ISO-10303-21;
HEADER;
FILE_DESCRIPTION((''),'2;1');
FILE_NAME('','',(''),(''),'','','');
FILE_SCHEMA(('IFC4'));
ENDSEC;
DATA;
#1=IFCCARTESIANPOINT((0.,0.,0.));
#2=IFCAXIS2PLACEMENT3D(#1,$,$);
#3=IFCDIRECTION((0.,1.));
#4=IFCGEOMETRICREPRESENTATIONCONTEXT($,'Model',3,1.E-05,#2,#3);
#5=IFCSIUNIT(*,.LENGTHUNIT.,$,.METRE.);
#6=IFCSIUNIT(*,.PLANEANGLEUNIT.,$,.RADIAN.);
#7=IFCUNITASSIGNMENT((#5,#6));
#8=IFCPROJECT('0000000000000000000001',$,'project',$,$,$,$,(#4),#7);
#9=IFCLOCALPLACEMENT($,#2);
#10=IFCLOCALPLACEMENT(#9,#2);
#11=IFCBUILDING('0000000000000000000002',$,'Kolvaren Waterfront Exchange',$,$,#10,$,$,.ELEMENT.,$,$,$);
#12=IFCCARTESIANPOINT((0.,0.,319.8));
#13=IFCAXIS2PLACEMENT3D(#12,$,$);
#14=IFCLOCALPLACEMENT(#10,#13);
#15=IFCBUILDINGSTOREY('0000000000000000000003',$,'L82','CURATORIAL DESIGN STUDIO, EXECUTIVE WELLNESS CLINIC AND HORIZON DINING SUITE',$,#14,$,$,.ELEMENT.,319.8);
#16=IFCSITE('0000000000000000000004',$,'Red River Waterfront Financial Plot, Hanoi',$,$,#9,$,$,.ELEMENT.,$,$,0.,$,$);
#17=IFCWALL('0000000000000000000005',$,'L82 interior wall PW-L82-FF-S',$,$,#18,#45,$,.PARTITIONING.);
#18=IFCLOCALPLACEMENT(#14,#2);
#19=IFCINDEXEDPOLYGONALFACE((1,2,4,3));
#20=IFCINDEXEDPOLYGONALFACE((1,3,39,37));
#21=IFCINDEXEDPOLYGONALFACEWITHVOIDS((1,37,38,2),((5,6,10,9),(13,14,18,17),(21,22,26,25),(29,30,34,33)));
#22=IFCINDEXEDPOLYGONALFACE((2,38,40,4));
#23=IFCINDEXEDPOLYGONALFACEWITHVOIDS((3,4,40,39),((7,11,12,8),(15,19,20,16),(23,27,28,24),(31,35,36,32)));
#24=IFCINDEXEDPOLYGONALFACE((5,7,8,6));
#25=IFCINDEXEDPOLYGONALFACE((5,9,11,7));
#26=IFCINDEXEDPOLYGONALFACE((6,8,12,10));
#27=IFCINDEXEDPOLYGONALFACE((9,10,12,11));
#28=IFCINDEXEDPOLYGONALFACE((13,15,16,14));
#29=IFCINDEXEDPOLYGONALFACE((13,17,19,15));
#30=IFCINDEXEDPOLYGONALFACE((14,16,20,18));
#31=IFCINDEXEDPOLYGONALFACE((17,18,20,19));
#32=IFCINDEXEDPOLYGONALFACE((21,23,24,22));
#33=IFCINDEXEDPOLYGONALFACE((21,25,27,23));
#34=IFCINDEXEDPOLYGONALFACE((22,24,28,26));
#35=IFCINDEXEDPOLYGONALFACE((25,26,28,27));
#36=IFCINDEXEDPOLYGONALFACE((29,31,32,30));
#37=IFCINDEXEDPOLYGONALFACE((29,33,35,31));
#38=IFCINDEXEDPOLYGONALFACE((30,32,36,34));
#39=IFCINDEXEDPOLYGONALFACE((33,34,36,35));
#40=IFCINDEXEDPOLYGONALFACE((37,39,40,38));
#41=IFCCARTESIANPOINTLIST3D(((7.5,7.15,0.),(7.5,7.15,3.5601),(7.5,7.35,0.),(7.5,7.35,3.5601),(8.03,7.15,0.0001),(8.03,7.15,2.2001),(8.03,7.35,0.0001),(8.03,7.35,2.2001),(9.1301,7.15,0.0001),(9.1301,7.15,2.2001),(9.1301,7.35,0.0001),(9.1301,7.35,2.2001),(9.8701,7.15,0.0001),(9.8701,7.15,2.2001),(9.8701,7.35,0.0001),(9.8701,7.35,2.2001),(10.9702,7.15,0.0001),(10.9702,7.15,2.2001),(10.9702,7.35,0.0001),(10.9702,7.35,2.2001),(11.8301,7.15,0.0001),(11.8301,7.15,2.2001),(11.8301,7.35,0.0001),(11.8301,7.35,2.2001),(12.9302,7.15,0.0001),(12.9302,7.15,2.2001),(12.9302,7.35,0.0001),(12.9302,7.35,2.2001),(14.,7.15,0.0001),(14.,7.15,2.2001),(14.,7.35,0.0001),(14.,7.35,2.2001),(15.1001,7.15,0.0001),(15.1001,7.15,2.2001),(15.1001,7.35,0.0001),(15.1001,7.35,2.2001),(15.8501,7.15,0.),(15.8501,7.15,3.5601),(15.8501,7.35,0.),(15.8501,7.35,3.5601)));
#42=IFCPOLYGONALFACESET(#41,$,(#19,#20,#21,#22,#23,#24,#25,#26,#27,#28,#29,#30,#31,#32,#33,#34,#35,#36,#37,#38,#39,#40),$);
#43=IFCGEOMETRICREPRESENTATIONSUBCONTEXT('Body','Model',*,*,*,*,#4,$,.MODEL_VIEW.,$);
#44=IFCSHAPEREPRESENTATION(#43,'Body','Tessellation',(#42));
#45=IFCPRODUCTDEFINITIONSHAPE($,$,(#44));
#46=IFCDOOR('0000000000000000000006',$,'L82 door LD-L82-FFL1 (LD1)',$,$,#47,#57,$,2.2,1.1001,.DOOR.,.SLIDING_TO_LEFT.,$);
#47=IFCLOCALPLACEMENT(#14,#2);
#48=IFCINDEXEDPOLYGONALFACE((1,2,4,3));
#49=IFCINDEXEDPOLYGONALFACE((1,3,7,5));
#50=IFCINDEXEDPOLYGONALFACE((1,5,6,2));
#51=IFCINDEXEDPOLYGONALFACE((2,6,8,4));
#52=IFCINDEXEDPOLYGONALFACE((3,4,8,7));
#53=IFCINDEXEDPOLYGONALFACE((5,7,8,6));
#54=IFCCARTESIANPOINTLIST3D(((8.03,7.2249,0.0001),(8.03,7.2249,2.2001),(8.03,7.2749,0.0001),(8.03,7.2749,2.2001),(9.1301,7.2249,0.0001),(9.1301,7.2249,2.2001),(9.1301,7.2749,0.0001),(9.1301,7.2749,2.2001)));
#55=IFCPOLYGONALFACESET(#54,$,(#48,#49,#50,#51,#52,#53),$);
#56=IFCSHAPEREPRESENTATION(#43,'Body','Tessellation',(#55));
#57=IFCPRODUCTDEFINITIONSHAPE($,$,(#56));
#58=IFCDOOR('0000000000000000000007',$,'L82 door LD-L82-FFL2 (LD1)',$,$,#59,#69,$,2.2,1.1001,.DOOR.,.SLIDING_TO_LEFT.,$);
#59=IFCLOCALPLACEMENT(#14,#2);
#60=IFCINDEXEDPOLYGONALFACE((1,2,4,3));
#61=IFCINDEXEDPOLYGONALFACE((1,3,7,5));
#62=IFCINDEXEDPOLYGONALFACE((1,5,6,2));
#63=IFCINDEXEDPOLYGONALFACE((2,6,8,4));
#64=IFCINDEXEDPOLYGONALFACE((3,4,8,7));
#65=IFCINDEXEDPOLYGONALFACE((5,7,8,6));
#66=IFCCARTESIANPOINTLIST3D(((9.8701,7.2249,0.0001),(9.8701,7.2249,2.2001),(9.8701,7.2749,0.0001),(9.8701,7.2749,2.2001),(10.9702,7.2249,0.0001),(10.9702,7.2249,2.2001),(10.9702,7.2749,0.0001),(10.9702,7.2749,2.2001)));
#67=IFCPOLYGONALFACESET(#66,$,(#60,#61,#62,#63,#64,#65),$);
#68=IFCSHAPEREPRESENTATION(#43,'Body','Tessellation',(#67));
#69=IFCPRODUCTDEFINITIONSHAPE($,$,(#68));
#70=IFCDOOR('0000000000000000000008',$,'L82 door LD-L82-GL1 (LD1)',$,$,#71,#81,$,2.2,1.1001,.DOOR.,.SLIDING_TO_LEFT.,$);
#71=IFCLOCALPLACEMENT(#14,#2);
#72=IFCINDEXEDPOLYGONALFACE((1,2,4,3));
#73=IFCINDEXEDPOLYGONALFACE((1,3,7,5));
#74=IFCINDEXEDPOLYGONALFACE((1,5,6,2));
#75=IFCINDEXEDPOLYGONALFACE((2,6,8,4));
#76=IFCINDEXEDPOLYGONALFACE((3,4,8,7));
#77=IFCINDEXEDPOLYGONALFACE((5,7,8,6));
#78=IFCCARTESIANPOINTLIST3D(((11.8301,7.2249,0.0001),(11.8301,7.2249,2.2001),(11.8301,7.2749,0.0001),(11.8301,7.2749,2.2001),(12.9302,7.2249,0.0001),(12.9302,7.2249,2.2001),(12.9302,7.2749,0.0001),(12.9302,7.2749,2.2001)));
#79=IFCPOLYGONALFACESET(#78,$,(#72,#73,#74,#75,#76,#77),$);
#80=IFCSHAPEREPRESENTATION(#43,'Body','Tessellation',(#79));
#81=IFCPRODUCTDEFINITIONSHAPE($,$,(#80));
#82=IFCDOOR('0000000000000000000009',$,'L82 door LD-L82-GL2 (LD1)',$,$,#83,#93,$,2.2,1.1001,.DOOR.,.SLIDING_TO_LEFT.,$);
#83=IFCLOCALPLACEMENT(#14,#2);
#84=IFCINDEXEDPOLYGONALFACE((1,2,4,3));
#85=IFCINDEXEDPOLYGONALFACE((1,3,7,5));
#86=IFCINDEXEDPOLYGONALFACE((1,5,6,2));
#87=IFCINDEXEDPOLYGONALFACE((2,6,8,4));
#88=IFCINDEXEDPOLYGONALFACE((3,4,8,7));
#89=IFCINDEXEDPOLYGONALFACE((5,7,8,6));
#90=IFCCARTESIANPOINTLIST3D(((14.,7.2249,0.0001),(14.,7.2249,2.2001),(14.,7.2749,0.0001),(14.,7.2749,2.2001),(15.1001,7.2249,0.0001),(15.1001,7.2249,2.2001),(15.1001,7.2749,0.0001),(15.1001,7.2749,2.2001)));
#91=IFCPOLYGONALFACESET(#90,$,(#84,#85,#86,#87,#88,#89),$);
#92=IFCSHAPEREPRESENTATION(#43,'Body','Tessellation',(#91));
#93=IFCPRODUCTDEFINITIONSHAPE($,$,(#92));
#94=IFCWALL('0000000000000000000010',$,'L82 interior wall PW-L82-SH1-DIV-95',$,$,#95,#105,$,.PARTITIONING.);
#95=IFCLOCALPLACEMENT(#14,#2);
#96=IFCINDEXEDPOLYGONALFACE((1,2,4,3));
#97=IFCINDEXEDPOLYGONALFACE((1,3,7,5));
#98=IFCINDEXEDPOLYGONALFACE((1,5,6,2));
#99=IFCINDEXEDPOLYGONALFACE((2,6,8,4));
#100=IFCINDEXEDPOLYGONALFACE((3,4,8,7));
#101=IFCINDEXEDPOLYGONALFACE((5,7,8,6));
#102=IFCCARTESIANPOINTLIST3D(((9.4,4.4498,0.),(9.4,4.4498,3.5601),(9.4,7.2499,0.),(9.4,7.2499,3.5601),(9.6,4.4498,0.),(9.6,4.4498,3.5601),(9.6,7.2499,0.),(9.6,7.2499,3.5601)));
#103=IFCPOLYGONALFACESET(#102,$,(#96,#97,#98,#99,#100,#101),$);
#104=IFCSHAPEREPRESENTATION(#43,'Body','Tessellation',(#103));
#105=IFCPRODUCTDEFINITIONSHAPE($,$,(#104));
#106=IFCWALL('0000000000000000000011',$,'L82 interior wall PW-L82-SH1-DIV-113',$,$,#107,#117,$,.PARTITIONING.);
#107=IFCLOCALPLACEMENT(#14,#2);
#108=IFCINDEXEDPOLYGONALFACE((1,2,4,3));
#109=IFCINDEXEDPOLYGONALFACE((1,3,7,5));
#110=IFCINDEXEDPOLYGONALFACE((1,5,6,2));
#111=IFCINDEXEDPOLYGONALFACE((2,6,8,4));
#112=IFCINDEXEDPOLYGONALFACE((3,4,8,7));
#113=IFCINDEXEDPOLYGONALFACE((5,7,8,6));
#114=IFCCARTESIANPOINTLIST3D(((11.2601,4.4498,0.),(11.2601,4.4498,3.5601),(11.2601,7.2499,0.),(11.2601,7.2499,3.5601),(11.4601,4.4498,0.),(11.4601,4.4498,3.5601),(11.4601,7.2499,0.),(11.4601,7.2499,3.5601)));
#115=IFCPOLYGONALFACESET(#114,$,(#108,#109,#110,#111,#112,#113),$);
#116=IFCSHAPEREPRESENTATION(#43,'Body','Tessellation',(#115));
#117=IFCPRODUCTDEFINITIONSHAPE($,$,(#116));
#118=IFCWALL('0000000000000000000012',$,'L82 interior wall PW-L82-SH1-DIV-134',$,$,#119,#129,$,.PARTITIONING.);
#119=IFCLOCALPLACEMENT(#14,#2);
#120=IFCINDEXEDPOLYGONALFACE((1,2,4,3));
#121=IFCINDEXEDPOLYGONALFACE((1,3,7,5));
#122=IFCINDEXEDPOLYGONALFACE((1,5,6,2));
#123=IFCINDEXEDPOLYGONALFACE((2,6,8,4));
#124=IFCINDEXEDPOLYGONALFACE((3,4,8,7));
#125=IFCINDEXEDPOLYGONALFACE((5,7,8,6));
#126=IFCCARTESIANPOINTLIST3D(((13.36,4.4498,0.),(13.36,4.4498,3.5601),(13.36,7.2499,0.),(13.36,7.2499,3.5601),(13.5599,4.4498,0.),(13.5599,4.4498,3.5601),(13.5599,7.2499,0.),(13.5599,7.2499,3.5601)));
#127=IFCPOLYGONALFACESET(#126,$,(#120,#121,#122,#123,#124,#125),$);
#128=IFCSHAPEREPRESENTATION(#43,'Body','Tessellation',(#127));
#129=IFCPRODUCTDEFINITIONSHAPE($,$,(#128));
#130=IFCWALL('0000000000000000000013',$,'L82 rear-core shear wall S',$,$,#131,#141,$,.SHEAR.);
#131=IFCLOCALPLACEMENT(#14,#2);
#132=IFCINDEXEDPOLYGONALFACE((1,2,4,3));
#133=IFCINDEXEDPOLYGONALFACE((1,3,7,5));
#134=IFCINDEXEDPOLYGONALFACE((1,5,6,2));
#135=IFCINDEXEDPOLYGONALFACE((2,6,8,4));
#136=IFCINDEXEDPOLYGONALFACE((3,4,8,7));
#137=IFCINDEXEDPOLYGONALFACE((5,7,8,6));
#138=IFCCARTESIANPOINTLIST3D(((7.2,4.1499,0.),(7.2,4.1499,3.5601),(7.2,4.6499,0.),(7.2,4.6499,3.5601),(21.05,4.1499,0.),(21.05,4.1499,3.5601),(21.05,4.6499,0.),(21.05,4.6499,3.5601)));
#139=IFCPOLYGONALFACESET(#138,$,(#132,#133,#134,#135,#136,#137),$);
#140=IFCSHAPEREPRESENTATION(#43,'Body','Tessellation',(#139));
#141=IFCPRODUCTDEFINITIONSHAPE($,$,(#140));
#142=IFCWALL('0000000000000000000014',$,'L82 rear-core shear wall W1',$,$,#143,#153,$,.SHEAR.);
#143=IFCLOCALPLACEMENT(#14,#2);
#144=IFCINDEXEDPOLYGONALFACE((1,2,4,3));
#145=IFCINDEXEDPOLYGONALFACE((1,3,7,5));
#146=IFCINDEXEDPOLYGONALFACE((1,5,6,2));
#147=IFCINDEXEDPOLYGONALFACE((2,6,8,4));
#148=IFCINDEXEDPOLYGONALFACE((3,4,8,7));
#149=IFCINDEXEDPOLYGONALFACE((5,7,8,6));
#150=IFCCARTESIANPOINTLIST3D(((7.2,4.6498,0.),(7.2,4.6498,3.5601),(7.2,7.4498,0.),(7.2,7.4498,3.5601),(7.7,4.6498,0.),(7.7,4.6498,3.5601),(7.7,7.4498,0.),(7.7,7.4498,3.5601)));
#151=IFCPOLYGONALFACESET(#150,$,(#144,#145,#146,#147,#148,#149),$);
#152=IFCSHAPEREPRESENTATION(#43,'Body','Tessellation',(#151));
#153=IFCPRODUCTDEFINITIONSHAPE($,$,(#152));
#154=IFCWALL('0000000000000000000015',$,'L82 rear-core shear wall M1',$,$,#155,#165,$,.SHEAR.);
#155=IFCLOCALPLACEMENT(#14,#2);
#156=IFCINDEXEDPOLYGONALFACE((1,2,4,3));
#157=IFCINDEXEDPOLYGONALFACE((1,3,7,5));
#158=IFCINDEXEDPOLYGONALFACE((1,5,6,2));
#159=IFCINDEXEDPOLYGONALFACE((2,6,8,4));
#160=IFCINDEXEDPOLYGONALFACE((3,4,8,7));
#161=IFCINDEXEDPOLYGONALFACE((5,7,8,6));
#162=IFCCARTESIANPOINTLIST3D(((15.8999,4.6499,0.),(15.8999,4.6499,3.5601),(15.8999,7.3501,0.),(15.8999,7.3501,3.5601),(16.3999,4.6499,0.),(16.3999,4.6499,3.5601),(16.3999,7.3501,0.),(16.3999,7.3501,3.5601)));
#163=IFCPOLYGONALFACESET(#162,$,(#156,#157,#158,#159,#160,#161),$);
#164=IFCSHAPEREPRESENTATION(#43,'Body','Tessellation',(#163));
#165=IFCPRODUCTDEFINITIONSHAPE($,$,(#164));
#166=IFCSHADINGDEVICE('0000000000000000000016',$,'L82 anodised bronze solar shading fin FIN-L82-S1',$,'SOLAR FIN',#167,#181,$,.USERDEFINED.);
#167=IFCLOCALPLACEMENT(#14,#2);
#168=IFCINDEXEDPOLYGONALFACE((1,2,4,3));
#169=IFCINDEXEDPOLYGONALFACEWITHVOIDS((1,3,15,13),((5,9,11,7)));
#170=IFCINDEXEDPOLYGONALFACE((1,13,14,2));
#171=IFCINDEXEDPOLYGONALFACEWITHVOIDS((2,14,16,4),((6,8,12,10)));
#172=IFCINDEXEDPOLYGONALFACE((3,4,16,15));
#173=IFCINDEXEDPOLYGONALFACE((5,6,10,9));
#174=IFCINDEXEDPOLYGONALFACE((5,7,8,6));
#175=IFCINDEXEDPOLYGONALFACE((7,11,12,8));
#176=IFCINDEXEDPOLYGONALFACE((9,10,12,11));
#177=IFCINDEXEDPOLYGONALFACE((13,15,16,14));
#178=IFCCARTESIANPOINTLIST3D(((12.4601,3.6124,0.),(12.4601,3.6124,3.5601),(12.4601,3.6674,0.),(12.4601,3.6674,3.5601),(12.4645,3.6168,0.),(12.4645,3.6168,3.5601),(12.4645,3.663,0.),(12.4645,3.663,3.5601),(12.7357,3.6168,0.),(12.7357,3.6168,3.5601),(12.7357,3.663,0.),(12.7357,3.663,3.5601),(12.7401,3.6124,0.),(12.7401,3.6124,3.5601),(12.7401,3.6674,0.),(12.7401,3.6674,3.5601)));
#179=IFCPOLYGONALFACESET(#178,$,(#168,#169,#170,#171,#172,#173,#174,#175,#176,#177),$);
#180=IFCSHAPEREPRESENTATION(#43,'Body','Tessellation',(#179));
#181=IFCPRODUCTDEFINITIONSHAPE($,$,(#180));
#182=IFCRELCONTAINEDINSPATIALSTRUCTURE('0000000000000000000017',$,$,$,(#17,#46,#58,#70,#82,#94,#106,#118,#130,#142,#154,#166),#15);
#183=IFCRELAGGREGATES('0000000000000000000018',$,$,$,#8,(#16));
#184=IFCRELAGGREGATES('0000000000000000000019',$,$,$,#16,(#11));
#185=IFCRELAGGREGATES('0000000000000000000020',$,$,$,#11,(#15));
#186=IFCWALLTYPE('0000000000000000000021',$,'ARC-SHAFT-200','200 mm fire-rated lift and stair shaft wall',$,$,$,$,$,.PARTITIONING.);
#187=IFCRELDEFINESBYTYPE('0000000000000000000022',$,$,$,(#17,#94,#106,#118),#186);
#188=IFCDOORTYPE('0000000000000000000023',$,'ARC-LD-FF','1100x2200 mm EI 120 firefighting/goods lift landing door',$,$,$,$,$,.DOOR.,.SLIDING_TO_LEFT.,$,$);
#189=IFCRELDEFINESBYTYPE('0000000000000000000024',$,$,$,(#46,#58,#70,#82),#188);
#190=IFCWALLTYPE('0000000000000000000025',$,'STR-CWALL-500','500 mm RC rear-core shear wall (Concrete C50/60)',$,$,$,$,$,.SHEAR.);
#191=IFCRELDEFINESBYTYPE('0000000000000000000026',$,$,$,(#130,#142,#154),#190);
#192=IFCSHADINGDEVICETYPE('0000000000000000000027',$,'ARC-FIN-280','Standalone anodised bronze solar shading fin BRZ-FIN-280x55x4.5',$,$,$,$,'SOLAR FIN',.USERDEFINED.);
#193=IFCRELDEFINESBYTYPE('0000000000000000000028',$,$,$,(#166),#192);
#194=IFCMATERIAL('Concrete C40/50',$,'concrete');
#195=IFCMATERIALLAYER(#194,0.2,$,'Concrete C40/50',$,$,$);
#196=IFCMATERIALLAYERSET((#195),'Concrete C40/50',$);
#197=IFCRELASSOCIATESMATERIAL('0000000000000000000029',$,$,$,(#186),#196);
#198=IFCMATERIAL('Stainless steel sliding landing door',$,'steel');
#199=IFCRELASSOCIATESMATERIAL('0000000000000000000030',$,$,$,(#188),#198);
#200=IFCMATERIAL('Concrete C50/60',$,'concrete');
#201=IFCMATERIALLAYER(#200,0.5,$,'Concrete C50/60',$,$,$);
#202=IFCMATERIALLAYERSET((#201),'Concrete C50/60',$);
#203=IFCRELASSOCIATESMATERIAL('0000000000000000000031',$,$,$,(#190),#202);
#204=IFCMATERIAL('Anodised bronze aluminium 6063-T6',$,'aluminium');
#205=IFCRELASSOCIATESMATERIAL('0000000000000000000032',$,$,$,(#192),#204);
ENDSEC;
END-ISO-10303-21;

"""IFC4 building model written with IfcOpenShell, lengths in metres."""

from ifc_helpers import new_model, si_unit, direction, frame, frame_2d, origin, origin_2d, place, context, subcontext, project, spatial, rectangle, hollow_rectangle, extrude, material, layer, layer_set, material_profile, profile_set, type_object, element, fill, save


model = new_model("IFC4")

# Units and contexts
model_context = context("Model", 3, precision=1e-05, world=origin(), true_north=direction((0.0, 1.0)))
body_context = subcontext(model_context, "Body", "Model", "MODEL_VIEW")
ifc_project = project(units=[si_unit("LENGTHUNIT", "METRE"), si_unit("PLANEANGLEUNIT", "RADIAN")], contexts=[model_context])

# Site, building, storey
site_placement = place(None, origin())
site = spatial("IfcSite", under=ifc_project, at=site_placement, Name="Red River Waterfront Financial Plot, Hanoi", CompositionType="ELEMENT", RefElevation=0.0)
building_placement = place(site_placement, origin())
building = spatial("IfcBuilding", under=site, at=building_placement, Name="Kolvaren Waterfront Exchange", CompositionType="ELEMENT")
storey_placement = place(building_placement, frame((0.0, 0.0, 319.8)))
storey = spatial("IfcBuildingStorey", under=building, at=storey_placement, Name="L82", Description="CURATORIAL DESIGN STUDIO, EXECUTIVE WELLNESS CLINIC AND HORIZON DINING SUITE", CompositionType="ELEMENT", Elevation=319.8)

# Shared definitions
ifc_material_1 = material(Name="Concrete C50/60", Category="concrete")

# Shared definitions
ifc_material_2 = material(Name="Anodised bronze aluminium 6063-T6", Category="aluminium")

# Wall, openings, doors
ifc_material_3 = material(Name="Concrete C40/50", Category="concrete")
ifc_layer_1 = layer(ifc_material_3, 0.2, Name="Concrete C40/50")
ifc_layer_set_1 = layer_set([ifc_layer_1], Name="Concrete C40/50")
wall_type_1 = type_object("IfcWallType", Name="ARC-SHAFT-200", Description="200 mm fire-rated lift and stair shaft wall", PredefinedType="PARTITIONING", material=ifc_layer_set_1)
wall_1_placement = place(storey_placement, frame((7.5, 7.25, 0.0), z_axis=(0.0, 0.0, 1.0), x_axis=(1.0, 0.0, 0.0)))
wall_1 = element("IfcWall", 1, at=wall_1_placement, inside=storey, type_object=wall_type_1, Name="L82 interior wall PW-L82-FF-S", PredefinedType="PARTITIONING", context=body_context, shape_type="SweptSolid", body=[
    extrude(rectangle(XDim=8.3501, YDim=0.2, at=frame_2d((4.175, 0.0))), origin(), (0.0, 0.0, 1.0), 3.5601),
])
opening_1_placement = place(wall_1_placement, frame((0.53, 0.0, 0.0)))
opening_1 = element("IfcOpeningElement", 2, at=opening_1_placement, cuts=wall_1, PredefinedType="OPENING", context=body_context, shape_type="SweptSolid", body=[
    extrude(rectangle(XDim=1.1001, YDim=2.2, at=frame_2d((0.55, 1.1001))), frame((0.0, 0.1099, 0.0), z_axis=(0.0, -1.0, 0.0), x_axis=(1.0, 0.0, 0.0)), (0.0, 0.0, 1.0), 0.22),
])
opening_2_placement = place(wall_1_placement, frame((2.3701, 0.0, 0.0)))
opening_2 = element("IfcOpeningElement", 3, at=opening_2_placement, cuts=wall_1, PredefinedType="OPENING", context=body_context, shape_type="SweptSolid", body=[
    extrude(rectangle(XDim=1.1001, YDim=2.2, at=frame_2d((0.55, 1.1001))), frame((0.0, 0.1099, 0.0), z_axis=(0.0, -1.0, 0.0), x_axis=(1.0, 0.0, 0.0)), (0.0, 0.0, 1.0), 0.22),
])
opening_3_placement = place(wall_1_placement, frame((4.3301, 0.0, 0.0)))
opening_3 = element("IfcOpeningElement", 4, at=opening_3_placement, cuts=wall_1, PredefinedType="OPENING", context=body_context, shape_type="SweptSolid", body=[
    extrude(rectangle(XDim=1.1001, YDim=2.2, at=frame_2d((0.55, 1.1001))), frame((0.0, 0.1099, 0.0), z_axis=(0.0, -1.0, 0.0), x_axis=(1.0, 0.0, 0.0)), (0.0, 0.0, 1.0), 0.22),
])
opening_4_placement = place(wall_1_placement, frame((6.5, 0.0, 0.0)))
opening_4 = element("IfcOpeningElement", 5, at=opening_4_placement, cuts=wall_1, PredefinedType="OPENING", context=body_context, shape_type="SweptSolid", body=[
    extrude(rectangle(XDim=1.1001, YDim=2.2, at=frame_2d((0.55, 1.1001))), frame((0.0, 0.1099, 0.0), z_axis=(0.0, -1.0, 0.0), x_axis=(1.0, 0.0, 0.0)), (0.0, 0.0, 1.0), 0.22),
])
ifc_material_4 = material(Name="Stainless steel sliding landing door", Category="steel")
door_type = type_object("IfcDoorType", Name="ARC-LD-FF", Description="1100x2200 mm EI 120 firefighting/goods lift landing door", OperationType="SLIDING_TO_LEFT", PredefinedType="DOOR", material=ifc_material_4)
door_1_placement = place(opening_1_placement, origin())
door_1 = element("IfcDoor", 6, at=door_1_placement, inside=storey, type_object=door_type, Name="L82 door LD-L82-FFL1 (LD1)", OperationType="SLIDING_TO_LEFT", OverallHeight=2.2, OverallWidth=1.1001, PredefinedType="DOOR", context=body_context, shape_type="SweptSolid", body=[
    extrude(rectangle(XDim=1.1001, YDim=2.2, at=frame_2d((0.55, 1.1001))), frame((0.0, 0.0249, 0.0), z_axis=(0.0, -1.0, 0.0), x_axis=(1.0, 0.0, 0.0)), (0.0, 0.0, 1.0), 0.05),
])
fill(opening_1, door_1)
door_2_placement = place(opening_2_placement, origin())
door_2 = element("IfcDoor", 7, at=door_2_placement, inside=storey, type_object=door_type, Name="L82 door LD-L82-FFL2 (LD1)", OperationType="SLIDING_TO_LEFT", OverallHeight=2.2, OverallWidth=1.1001, PredefinedType="DOOR", context=body_context, shape_type="SweptSolid", body=[
    extrude(rectangle(XDim=1.1001, YDim=2.2, at=frame_2d((0.55, 1.1001))), frame((0.0, 0.0249, 0.0), z_axis=(0.0, -1.0, 0.0), x_axis=(1.0, 0.0, 0.0)), (0.0, 0.0, 1.0), 0.05),
])
fill(opening_2, door_2)
door_3_placement = place(opening_3_placement, origin())
door_3 = element("IfcDoor", 8, at=door_3_placement, inside=storey, type_object=door_type, Name="L82 door LD-L82-GL1 (LD1)", OperationType="SLIDING_TO_LEFT", OverallHeight=2.2, OverallWidth=1.1001, PredefinedType="DOOR", context=body_context, shape_type="SweptSolid", body=[
    extrude(rectangle(XDim=1.1001, YDim=2.2, at=frame_2d((0.55, 1.1001))), frame((0.0, 0.0249, 0.0), z_axis=(0.0, -1.0, 0.0), x_axis=(1.0, 0.0, 0.0)), (0.0, 0.0, 1.0), 0.05),
])
fill(opening_3, door_3)
door_4_placement = place(opening_4_placement, origin())
door_4 = element("IfcDoor", 9, at=door_4_placement, inside=storey, type_object=door_type, Name="L82 door LD-L82-GL2 (LD1)", OperationType="SLIDING_TO_LEFT", OverallHeight=2.2, OverallWidth=1.1001, PredefinedType="DOOR", context=body_context, shape_type="SweptSolid", body=[
    extrude(rectangle(XDim=1.1001, YDim=2.2, at=frame_2d((0.55, 1.1001))), frame((0.0, 0.0249, 0.0), z_axis=(0.0, -1.0, 0.0), x_axis=(1.0, 0.0, 0.0)), (0.0, 0.0, 1.0), 0.05),
])
fill(opening_4, door_4)

# Walls
for number, where, z_axis, x_axis, name in (
    (10, (9.5, 4.45, 0.0), (0.0, 0.0, 1.0), (0.0, 1.0, 0.0), "L82 interior wall PW-L82-SH1-DIV-95"),
    (11, (11.3601, 4.45, 0.0), (0.0, 0.0, 1.0), (0.0, 1.0, 0.0), "L82 interior wall PW-L82-SH1-DIV-113"),
    (12, (13.46, 4.45, 0.0), (0.0, 0.0, 1.0), (0.0, 1.0, 0.0), "L82 interior wall PW-L82-SH1-DIV-134"),
):
    element("IfcWall", number, at=place(storey_placement, frame(where, z_axis=z_axis, x_axis=x_axis)), inside=storey, type_object=wall_type_1, Name=name, PredefinedType="PARTITIONING", context=body_context, shape_type="SweptSolid", body=[
        extrude(rectangle(XDim=2.8, YDim=0.2, at=frame_2d((1.3999, 0.0))), origin(), (0.0, 0.0, 1.0), 3.5601),
    ])
ifc_layer_2 = layer(ifc_material_1, 0.5, Name="Concrete C50/60")
ifc_layer_set_2 = layer_set([ifc_layer_2], Name="Concrete C50/60")
wall_type_2 = type_object("IfcWallType", Name="STR-CWALL-500", Description="500 mm RC rear-core shear wall (Concrete C50/60)", PredefinedType="SHEAR", material=ifc_layer_set_2)
wall_2_placement = place(storey_placement, frame((7.2, 4.3999, 0.0), z_axis=(0.0, 0.0, 1.0), x_axis=(1.0, 0.0, 0.0)))
element("IfcWall", 13, at=wall_2_placement, inside=storey, type_object=wall_type_2, Name="L82 rear-core shear wall S", PredefinedType="SHEAR", context=body_context, shape_type="SweptSolid", body=[
    extrude(rectangle(XDim=13.8501, YDim=0.5, at=frame_2d((6.925, 0.0))), origin(), (0.0, 0.0, 1.0), 3.5601),
])
wall_3_placement = place(storey_placement, frame((7.45, 4.6499, 0.0), z_axis=(0.0, 0.0, 1.0), x_axis=(0.0, 1.0, 0.0)))
element("IfcWall", 14, at=wall_3_placement, inside=storey, type_object=wall_type_2, Name="L82 rear-core shear wall W1", PredefinedType="SHEAR", context=body_context, shape_type="SweptSolid", body=[
    extrude(rectangle(XDim=2.8, YDim=0.5, at=frame_2d((1.3999, 0.0))), origin(), (0.0, 0.0, 1.0), 3.5601),
])
wall_4_placement = place(storey_placement, frame((16.1499, 4.6499, 0.0), z_axis=(0.0, 0.0, 1.0), x_axis=(0.0, 1.0, 0.0)))
element("IfcWall", 15, at=wall_4_placement, inside=storey, type_object=wall_type_2, Name="L82 rear-core shear wall M1", PredefinedType="SHEAR", context=body_context, shape_type="SweptSolid", body=[
    extrude(rectangle(XDim=2.7002, YDim=0.5, at=frame_2d((1.3501, 0.0))), origin(), (0.0, 0.0, 1.0), 3.5601),
])

# Shading device
ifc_material_profile_1 = material_profile(ifc_material_2, hollow_rectangle(XDim=0.0549, YDim=0.28, WallThickness=0.0044, at=origin_2d()), Name="BRZ-FIN-280x55x4.5")
ifc_profile_set_1 = profile_set([ifc_material_profile_1], Name="Anodised bronze aluminium 6063-T6")
shading_device_type = type_object("IfcShadingDeviceType", Name="ARC-FIN-280", Description="Standalone anodised bronze solar shading fin BRZ-FIN-280x55x4.5", ElementType="SOLAR FIN", PredefinedType="USERDEFINED", material=ifc_profile_set_1)
shading_device_placement = place(storey_placement, frame((12.6001, 3.6399, 0.0), z_axis=(0.0, 0.0, 1.0), x_axis=(0.0, -1.0, 0.0)))
element("IfcShadingDevice", 16, at=shading_device_placement, inside=storey, type_object=shading_device_type, Name="L82 anodised bronze solar shading fin FIN-L82-S1", ObjectType="SOLAR FIN", PredefinedType="USERDEFINED", context=body_context, shape_type="SweptSolid", body=[
    extrude(hollow_rectangle(XDim=0.0549, YDim=0.28, WallThickness=0.0044, at=origin_2d()), origin(), (0.0, 0.0, 1.0), 3.5601),
])

save(model, "model.ifc")
